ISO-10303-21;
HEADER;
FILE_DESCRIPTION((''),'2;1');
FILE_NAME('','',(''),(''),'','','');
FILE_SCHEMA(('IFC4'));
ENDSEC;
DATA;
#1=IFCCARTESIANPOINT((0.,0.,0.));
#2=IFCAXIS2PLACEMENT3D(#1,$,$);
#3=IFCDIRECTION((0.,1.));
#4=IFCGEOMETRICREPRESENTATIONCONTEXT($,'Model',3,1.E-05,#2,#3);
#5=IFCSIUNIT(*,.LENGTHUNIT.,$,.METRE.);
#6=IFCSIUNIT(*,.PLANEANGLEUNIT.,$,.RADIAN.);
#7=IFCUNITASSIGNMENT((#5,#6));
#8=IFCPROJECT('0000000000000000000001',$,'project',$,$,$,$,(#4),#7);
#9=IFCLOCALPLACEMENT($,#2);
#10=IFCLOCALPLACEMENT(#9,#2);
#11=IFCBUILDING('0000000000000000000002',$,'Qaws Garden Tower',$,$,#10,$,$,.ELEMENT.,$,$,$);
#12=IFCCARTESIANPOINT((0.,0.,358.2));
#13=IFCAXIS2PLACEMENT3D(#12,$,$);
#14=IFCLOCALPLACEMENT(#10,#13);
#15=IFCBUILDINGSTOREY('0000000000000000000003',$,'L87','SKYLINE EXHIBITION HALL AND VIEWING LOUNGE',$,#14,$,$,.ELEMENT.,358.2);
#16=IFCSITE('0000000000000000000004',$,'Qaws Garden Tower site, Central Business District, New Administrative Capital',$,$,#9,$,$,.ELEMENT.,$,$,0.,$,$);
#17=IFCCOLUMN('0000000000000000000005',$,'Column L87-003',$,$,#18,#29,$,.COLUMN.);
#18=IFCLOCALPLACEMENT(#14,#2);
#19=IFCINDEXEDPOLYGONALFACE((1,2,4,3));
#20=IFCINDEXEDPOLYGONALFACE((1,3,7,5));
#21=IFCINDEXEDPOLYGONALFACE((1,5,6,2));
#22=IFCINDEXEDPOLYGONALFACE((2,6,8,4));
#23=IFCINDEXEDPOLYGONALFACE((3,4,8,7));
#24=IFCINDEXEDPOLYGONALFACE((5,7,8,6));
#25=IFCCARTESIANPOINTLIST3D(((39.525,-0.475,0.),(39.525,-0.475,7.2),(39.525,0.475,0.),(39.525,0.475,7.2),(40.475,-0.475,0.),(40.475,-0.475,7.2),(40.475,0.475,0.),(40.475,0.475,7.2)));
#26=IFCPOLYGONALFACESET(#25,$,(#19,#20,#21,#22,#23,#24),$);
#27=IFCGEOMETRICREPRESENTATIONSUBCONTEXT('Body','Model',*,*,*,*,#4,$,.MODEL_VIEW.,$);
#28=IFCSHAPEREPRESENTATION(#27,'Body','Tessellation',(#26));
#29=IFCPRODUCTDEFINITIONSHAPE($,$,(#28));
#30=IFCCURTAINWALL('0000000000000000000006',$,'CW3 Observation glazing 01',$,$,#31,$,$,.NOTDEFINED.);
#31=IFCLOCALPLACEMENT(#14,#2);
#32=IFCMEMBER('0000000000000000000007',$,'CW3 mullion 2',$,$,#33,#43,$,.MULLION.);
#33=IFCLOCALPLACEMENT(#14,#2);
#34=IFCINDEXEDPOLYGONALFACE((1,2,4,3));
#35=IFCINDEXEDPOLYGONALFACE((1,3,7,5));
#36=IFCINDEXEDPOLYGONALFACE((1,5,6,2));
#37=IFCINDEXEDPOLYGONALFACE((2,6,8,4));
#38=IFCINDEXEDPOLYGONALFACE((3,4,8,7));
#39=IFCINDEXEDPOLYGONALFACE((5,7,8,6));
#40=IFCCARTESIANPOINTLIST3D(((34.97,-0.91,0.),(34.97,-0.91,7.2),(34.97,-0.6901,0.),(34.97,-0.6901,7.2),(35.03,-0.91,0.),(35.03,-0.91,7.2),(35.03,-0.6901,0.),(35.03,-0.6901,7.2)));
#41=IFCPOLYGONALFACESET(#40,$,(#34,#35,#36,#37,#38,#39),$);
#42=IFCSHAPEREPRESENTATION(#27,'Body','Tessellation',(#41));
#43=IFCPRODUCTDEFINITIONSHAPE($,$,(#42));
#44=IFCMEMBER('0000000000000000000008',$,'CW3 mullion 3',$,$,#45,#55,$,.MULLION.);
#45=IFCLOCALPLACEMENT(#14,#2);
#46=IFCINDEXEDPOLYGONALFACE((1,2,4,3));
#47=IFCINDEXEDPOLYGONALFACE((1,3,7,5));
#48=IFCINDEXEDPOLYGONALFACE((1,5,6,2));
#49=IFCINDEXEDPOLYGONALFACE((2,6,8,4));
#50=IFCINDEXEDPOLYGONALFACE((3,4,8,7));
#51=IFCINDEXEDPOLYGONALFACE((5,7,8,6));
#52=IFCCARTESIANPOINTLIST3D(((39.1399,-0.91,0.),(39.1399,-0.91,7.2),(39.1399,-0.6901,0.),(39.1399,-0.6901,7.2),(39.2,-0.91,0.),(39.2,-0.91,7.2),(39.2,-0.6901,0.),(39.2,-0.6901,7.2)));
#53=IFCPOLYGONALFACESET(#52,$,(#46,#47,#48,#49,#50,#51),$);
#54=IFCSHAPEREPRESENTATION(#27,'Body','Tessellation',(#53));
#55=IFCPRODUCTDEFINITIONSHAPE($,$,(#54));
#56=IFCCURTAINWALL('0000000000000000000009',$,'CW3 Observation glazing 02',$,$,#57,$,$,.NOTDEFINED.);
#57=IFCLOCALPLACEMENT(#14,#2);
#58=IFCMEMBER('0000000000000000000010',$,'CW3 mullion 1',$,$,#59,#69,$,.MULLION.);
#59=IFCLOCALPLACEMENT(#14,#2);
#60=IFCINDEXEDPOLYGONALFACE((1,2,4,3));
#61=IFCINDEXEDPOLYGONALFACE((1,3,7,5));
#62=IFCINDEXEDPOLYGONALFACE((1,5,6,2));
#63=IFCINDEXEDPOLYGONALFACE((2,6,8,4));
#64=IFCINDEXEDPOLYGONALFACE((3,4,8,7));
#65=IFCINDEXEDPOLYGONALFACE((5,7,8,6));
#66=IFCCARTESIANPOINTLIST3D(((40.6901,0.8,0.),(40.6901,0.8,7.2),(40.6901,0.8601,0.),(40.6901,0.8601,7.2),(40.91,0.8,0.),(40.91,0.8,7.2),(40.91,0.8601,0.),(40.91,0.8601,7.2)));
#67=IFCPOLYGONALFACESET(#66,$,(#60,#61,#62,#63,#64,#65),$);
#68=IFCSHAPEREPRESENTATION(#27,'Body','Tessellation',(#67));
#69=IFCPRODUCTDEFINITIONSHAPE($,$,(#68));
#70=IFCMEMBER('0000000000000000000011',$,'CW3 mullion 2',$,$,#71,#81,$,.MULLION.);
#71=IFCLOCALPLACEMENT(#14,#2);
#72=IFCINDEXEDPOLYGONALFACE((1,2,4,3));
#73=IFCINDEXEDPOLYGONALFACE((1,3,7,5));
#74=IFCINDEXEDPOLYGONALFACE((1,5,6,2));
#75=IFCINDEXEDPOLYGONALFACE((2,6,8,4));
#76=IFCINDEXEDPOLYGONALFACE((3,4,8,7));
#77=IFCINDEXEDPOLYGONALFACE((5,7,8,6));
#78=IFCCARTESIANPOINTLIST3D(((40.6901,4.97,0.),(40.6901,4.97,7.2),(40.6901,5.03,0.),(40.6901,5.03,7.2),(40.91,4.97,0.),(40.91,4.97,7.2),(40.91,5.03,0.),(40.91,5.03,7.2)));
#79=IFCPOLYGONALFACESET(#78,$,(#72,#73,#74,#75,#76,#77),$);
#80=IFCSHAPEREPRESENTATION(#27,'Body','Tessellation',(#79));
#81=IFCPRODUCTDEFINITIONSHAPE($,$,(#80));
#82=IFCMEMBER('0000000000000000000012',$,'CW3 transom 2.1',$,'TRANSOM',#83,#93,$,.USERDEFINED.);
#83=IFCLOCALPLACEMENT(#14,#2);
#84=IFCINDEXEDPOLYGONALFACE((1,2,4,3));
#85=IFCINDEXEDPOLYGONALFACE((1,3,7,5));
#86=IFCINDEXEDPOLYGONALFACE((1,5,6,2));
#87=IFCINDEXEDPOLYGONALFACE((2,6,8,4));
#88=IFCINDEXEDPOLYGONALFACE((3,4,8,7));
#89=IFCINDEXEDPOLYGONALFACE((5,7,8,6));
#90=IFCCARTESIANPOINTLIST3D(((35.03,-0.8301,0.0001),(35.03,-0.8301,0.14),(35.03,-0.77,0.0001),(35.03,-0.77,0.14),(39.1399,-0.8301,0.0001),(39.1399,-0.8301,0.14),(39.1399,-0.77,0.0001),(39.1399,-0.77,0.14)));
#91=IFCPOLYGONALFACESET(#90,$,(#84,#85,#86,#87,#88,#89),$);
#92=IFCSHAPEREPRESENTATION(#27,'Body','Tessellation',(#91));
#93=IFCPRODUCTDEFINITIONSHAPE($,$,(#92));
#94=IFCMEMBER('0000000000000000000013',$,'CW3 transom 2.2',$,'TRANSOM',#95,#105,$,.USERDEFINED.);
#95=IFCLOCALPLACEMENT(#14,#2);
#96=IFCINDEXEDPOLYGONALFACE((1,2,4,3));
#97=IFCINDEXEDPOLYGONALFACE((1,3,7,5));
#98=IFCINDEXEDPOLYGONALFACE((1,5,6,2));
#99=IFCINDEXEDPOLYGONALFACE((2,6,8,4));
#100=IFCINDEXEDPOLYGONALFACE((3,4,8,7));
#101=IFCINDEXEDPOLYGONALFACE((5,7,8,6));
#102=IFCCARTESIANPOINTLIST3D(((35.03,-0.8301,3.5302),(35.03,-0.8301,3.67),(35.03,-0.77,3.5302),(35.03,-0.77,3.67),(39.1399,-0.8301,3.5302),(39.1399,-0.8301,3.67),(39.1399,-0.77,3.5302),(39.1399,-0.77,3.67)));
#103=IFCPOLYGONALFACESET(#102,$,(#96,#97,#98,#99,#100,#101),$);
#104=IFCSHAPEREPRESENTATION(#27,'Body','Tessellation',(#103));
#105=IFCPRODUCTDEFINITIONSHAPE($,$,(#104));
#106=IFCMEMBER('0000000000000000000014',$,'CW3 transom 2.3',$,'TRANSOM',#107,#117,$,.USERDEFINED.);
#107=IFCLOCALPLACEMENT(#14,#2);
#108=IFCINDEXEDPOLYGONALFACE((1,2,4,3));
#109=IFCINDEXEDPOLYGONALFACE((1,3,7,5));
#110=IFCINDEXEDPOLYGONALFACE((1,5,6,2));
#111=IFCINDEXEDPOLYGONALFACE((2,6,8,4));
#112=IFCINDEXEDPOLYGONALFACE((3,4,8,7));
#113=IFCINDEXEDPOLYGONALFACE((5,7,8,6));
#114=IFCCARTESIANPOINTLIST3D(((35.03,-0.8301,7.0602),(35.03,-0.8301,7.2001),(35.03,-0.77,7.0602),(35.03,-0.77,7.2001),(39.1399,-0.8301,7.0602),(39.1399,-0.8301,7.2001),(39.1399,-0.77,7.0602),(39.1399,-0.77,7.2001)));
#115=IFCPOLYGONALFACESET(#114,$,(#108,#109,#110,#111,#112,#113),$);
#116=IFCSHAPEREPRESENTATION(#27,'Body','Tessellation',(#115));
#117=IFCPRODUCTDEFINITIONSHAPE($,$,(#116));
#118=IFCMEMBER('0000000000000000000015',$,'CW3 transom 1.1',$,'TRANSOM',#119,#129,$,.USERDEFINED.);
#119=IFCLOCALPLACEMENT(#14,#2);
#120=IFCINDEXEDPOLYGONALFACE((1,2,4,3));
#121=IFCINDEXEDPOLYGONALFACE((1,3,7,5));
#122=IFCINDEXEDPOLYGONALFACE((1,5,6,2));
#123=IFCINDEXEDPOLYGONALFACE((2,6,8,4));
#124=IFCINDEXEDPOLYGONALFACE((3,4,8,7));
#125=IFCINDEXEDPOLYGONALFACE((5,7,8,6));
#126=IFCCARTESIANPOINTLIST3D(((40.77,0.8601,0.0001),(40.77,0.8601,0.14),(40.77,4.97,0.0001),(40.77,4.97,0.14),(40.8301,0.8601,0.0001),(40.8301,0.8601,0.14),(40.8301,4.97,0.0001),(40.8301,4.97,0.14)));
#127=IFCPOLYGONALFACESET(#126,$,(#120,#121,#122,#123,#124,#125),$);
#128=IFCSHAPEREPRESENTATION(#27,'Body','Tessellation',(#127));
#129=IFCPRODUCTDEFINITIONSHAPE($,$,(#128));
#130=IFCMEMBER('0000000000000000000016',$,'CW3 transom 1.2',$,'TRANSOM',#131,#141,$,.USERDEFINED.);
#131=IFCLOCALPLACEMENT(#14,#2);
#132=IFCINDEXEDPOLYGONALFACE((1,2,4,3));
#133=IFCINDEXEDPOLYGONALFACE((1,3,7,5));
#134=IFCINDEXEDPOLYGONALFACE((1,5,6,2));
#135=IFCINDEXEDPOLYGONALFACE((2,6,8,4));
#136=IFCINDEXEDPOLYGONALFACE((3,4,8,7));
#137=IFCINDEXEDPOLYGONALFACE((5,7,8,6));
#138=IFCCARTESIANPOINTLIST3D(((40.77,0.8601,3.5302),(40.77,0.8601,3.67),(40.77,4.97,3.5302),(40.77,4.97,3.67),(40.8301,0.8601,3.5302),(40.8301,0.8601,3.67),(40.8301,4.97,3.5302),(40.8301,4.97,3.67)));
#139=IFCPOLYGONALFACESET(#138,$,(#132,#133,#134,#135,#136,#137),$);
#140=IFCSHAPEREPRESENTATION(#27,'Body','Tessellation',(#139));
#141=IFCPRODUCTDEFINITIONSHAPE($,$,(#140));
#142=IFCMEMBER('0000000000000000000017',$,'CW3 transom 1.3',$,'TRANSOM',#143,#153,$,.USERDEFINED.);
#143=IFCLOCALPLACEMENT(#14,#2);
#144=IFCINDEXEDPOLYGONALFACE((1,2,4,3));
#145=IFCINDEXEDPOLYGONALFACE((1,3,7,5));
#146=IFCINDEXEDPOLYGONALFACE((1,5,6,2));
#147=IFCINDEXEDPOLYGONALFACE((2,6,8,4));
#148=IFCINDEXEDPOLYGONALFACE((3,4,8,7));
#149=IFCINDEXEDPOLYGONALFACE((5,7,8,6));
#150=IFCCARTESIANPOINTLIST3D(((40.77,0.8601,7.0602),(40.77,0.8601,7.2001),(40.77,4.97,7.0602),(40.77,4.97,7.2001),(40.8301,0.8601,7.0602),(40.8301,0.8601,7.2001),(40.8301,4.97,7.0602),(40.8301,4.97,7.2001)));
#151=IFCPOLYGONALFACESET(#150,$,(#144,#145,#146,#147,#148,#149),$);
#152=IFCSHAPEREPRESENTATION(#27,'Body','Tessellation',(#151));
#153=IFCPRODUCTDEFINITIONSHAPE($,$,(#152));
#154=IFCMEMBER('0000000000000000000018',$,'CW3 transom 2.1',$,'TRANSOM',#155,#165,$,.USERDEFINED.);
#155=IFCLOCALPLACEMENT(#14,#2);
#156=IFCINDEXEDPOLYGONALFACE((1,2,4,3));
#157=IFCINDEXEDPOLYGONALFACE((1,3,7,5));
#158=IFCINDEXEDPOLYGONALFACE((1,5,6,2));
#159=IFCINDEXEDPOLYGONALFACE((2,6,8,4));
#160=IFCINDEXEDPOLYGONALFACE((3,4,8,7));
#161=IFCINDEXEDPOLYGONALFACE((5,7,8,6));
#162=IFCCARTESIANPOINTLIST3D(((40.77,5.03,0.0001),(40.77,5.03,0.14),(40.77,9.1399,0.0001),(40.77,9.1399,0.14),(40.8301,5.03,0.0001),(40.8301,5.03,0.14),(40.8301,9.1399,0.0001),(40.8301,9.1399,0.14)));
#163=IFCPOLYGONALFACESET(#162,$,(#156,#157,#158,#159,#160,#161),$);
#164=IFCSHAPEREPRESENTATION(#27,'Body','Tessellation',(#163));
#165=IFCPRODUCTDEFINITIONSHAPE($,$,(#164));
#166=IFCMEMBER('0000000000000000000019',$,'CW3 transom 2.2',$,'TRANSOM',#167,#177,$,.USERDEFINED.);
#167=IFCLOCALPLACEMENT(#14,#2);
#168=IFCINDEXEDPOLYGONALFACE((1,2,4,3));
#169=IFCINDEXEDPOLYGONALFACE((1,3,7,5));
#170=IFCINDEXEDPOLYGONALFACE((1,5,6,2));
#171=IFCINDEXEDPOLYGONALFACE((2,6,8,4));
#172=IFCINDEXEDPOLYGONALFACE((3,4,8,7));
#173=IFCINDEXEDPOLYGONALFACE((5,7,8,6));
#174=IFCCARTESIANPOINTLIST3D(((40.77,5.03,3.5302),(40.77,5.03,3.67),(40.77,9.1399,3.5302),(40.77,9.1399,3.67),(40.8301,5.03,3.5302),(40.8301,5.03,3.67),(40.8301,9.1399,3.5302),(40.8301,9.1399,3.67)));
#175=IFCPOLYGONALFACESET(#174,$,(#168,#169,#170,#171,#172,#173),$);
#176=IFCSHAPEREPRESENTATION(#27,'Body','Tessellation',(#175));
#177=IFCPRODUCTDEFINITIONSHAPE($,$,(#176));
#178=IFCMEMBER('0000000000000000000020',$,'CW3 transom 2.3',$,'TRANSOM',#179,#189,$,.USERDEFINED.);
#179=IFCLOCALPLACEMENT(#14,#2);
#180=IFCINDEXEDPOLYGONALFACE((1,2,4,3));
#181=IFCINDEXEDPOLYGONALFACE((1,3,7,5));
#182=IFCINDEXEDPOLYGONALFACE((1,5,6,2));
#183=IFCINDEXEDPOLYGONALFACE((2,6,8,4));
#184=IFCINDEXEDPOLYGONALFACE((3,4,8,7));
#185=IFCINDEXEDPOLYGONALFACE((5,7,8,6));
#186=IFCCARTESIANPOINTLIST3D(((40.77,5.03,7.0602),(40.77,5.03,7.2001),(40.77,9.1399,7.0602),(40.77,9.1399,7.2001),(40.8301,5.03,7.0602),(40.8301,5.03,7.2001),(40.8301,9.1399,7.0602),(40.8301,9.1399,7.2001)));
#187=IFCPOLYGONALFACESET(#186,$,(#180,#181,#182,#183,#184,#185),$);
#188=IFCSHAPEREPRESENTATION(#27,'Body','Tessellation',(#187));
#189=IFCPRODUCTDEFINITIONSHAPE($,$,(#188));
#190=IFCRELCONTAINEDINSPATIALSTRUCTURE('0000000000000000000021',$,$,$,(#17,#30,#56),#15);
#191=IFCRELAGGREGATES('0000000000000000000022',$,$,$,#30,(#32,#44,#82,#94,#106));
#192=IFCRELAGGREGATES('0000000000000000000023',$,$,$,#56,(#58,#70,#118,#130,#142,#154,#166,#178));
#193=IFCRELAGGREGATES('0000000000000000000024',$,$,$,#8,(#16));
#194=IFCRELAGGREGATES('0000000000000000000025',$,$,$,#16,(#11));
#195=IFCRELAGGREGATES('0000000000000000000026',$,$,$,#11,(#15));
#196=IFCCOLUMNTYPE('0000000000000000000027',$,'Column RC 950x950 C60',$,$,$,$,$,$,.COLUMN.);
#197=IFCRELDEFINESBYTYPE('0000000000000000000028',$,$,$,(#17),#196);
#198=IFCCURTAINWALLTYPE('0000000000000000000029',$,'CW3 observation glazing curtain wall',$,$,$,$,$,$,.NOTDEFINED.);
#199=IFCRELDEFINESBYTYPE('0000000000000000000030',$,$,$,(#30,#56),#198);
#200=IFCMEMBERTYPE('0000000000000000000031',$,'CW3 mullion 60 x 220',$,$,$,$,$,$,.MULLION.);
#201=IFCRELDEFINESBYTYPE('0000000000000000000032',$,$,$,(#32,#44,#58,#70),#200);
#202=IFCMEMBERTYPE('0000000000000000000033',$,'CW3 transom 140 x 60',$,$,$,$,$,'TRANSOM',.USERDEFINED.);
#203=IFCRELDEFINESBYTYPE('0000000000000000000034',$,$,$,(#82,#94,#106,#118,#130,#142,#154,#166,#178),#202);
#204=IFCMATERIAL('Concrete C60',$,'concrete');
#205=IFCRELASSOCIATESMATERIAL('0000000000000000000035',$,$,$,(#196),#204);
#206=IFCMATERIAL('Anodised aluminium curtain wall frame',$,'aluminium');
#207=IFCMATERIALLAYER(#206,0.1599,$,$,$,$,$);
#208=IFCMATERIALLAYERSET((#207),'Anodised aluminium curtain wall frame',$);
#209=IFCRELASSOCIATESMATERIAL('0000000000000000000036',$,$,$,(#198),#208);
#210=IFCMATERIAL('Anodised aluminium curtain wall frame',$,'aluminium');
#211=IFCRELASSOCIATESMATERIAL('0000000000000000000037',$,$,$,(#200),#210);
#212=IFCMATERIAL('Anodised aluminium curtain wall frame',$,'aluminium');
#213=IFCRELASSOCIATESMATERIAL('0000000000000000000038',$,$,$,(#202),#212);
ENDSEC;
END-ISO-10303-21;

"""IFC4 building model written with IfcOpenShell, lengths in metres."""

from ifc_helpers import new_model, si_unit, direction, frame, origin, origin_2d, place, context, subcontext, project, spatial, rectangle, extrude, material, layer, layer_set, material_profile, profile_set, type_object, element, aggregate, save


model = new_model("IFC4")

# Units and contexts
model_context = context("Model", 3, precision=1e-05, world=origin(), true_north=direction((0.0, 1.0)))
body_context = subcontext(model_context, "Body", "Model", "MODEL_VIEW")
ifc_project = project(units=[si_unit("LENGTHUNIT", "METRE"), si_unit("PLANEANGLEUNIT", "RADIAN")], contexts=[model_context])

# Site, building, storey
site_placement = place(None, origin())
site = spatial("IfcSite", under=ifc_project, at=site_placement, Name="Qaws Garden Tower site, Central Business District, New Administrative Capital", CompositionType="ELEMENT", RefElevation=0.0)
building_placement = place(site_placement, origin())
building = spatial("IfcBuilding", under=site, at=building_placement, Name="Qaws Garden Tower", CompositionType="ELEMENT")
storey_placement = place(building_placement, frame((0.0, 0.0, 358.2)))
storey = spatial("IfcBuildingStorey", under=building, at=storey_placement, Name="L87", Description="SKYLINE EXHIBITION HALL AND VIEWING LOUNGE", CompositionType="ELEMENT", Elevation=358.2)

# Column
ifc_material_1 = material(Name="Concrete C60", Category="concrete")
ifc_material_profile_1 = material_profile(ifc_material_1, rectangle(XDim=0.95, YDim=0.95, at=origin_2d()), Name="RC 950x950")
ifc_profile_set_1 = profile_set([ifc_material_profile_1], Name="Concrete C60")
column_type = type_object("IfcColumnType", Name="Column RC 950x950 C60", PredefinedType="COLUMN", material=ifc_profile_set_1)
column_placement = place(storey_placement, frame((40.0, 0.0, 0.0), z_axis=(0.0, 0.0, 1.0), x_axis=(1.0, 0.0, 0.0)))
element("IfcColumn", 1, at=column_placement, inside=storey, type_object=column_type, Name="Column L87-003", PredefinedType="COLUMN", context=body_context, shape_type="SweptSolid", body=[
    extrude(rectangle(XDim=0.95, YDim=0.95, at=origin_2d()), origin(), (0.0, 0.0, 1.0), 7.2),
])

# Curtain walls, members
ifc_material_2 = material(Name="Anodised aluminium curtain wall frame", Category="aluminium")
ifc_layer_1 = layer(ifc_material_2, 0.1599)
ifc_layer_set_1 = layer_set([ifc_layer_1], Name="Anodised aluminium curtain wall frame")
curtain_wall_type = type_object("IfcCurtainWallType", Name="CW3 observation glazing curtain wall", PredefinedType="NOTDEFINED", material=ifc_layer_set_1)
placement = place(storey_placement, origin())
curtain_wall_1 = element("IfcCurtainWall", 2, at=placement, inside=storey, type_object=curtain_wall_type, Name="CW3 Observation glazing 01", PredefinedType="NOTDEFINED")
ifc_material_3 = material(Name="Anodised aluminium curtain wall frame", Category="aluminium")
ifc_material_profile_2 = material_profile(ifc_material_3, rectangle(XDim=0.22, YDim=0.0601, at=origin_2d()), Name="AL 60x220")
ifc_profile_set_2 = profile_set([ifc_material_profile_2], Name="Anodised aluminium curtain wall frame")
member_type_1 = type_object("IfcMemberType", Name="CW3 mullion 60 x 220", PredefinedType="MULLION", material=ifc_profile_set_2)
member_1_placement = place(storey_placement, frame((35.0, -0.8, 0.0), z_axis=(0.0, 0.0, 1.0), x_axis=(0.0, 1.0, 0.0)))
member_1 = element("IfcMember", 3, at=member_1_placement, type_object=member_type_1, Name="CW3 mullion 2", PredefinedType="MULLION", context=body_context, shape_type="SweptSolid", body=[
    extrude(rectangle(XDim=0.22, YDim=0.0601, at=origin_2d()), origin(), (0.0, 0.0, 1.0), 7.2),
])
member_2_placement = place(storey_placement, frame((39.1699, -0.8, 0.0), z_axis=(0.0, 0.0, 1.0), x_axis=(0.0, 1.0, 0.0)))
member_2 = element("IfcMember", 4, at=member_2_placement, type_object=member_type_1, Name="CW3 mullion 3", PredefinedType="MULLION", context=body_context, shape_type="SweptSolid", body=[
    extrude(rectangle(XDim=0.22, YDim=0.0601, at=origin_2d()), origin(), (0.0, 0.0, 1.0), 7.2),
])
curtain_wall_2 = element("IfcCurtainWall", 5, at=placement, inside=storey, type_object=curtain_wall_type, Name="CW3 Observation glazing 02", PredefinedType="NOTDEFINED")
member_3_placement = place(storey_placement, frame((40.8, 0.8301, 0.0), z_axis=(0.0, 0.0, 1.0), x_axis=(-1.0, 0.0, 0.0)))
member_3 = element("IfcMember", 6, at=member_3_placement, type_object=member_type_1, Name="CW3 mullion 1", PredefinedType="MULLION", context=body_context, shape_type="SweptSolid", body=[
    extrude(rectangle(XDim=0.22, YDim=0.0601, at=origin_2d()), origin(), (0.0, 0.0, 1.0), 7.2),
])
member_4_placement = place(storey_placement, frame((40.8, 5.0, 0.0), z_axis=(0.0, 0.0, 1.0), x_axis=(-1.0, 0.0, 0.0)))
member_4 = element("IfcMember", 7, at=member_4_placement, type_object=member_type_1, Name="CW3 mullion 2", PredefinedType="MULLION", context=body_context, shape_type="SweptSolid", body=[
    extrude(rectangle(XDim=0.22, YDim=0.0601, at=origin_2d()), origin(), (0.0, 0.0, 1.0), 7.2),
])

# Members
ifc_material_4 = material(Name="Anodised aluminium curtain wall frame", Category="aluminium")
ifc_material_profile_3 = material_profile(ifc_material_4, rectangle(XDim=0.0601, YDim=0.1399, at=origin_2d()), Name="AL 60x140")
ifc_profile_set_3 = profile_set([ifc_material_profile_3], Name="Anodised aluminium curtain wall frame")
member_type_2 = type_object("IfcMemberType", Name="CW3 transom 140 x 60", ElementType="TRANSOM", PredefinedType="USERDEFINED", material=ifc_profile_set_3)
member_5_placement = place(storey_placement, frame((35.03, -0.8, 0.0701), z_axis=(1.0, 0.0, 0.0), x_axis=(0.0, 1.0, 0.0)))
member_5 = element("IfcMember", 8, at=member_5_placement, type_object=member_type_2, Name="CW3 transom 2.1", ObjectType="TRANSOM", PredefinedType="USERDEFINED", context=body_context, shape_type="SweptSolid", body=[
    extrude(rectangle(XDim=0.0601, YDim=0.1399, at=origin_2d()), origin(), (0.0, 0.0, 1.0), 4.1099),
])
member_6_placement = place(storey_placement, frame((35.03, -0.8, 3.6001), z_axis=(1.0, 0.0, 0.0), x_axis=(0.0, 1.0, 0.0)))
member_6 = element("IfcMember", 9, at=member_6_placement, type_object=member_type_2, Name="CW3 transom 2.2", ObjectType="TRANSOM", PredefinedType="USERDEFINED", context=body_context, shape_type="SweptSolid", body=[
    extrude(rectangle(XDim=0.0601, YDim=0.1399, at=origin_2d()), origin(), (0.0, 0.0, 1.0), 4.1099),
])
member_7_placement = place(storey_placement, frame((35.03, -0.8, 7.1301), z_axis=(1.0, 0.0, 0.0), x_axis=(0.0, 1.0, 0.0)))
member_7 = element("IfcMember", 10, at=member_7_placement, type_object=member_type_2, Name="CW3 transom 2.3", ObjectType="TRANSOM", PredefinedType="USERDEFINED", context=body_context, shape_type="SweptSolid", body=[
    extrude(rectangle(XDim=0.0601, YDim=0.1399, at=origin_2d()), origin(), (0.0, 0.0, 1.0), 4.1099),
])
member_8_placement = place(storey_placement, frame((40.8, 0.8601, 0.0701), z_axis=(0.0, 1.0, 0.0), x_axis=(-1.0, 0.0, 0.0)))
member_8 = element("IfcMember", 11, at=member_8_placement, type_object=member_type_2, Name="CW3 transom 1.1", ObjectType="TRANSOM", PredefinedType="USERDEFINED", context=body_context, shape_type="SweptSolid", body=[
    extrude(rectangle(XDim=0.0601, YDim=0.1399, at=origin_2d()), origin(), (0.0, 0.0, 1.0), 4.1099),
])
member_9_placement = place(storey_placement, frame((40.8, 0.8601, 3.6001), z_axis=(0.0, 1.0, 0.0), x_axis=(-1.0, 0.0, 0.0)))
member_9 = element("IfcMember", 12, at=member_9_placement, type_object=member_type_2, Name="CW3 transom 1.2", ObjectType="TRANSOM", PredefinedType="USERDEFINED", context=body_context, shape_type="SweptSolid", body=[
    extrude(rectangle(XDim=0.0601, YDim=0.1399, at=origin_2d()), origin(), (0.0, 0.0, 1.0), 4.1099),
])
member_10_placement = place(storey_placement, frame((40.8, 0.8601, 7.1301), z_axis=(0.0, 1.0, 0.0), x_axis=(-1.0, 0.0, 0.0)))
member_10 = element("IfcMember", 13, at=member_10_placement, type_object=member_type_2, Name="CW3 transom 1.3", ObjectType="TRANSOM", PredefinedType="USERDEFINED", context=body_context, shape_type="SweptSolid", body=[
    extrude(rectangle(XDim=0.0601, YDim=0.1399, at=origin_2d()), origin(), (0.0, 0.0, 1.0), 4.1099),
])
member_11_placement = place(storey_placement, frame((40.8, 5.03, 0.0701), z_axis=(0.0, 1.0, 0.0), x_axis=(-1.0, 0.0, 0.0)))
member_11 = element("IfcMember", 14, at=member_11_placement, type_object=member_type_2, Name="CW3 transom 2.1", ObjectType="TRANSOM", PredefinedType="USERDEFINED", context=body_context, shape_type="SweptSolid", body=[
    extrude(rectangle(XDim=0.0601, YDim=0.1399, at=origin_2d()), origin(), (0.0, 0.0, 1.0), 4.1099),
])
member_12_placement = place(storey_placement, frame((40.8, 5.03, 3.6001), z_axis=(0.0, 1.0, 0.0), x_axis=(-1.0, 0.0, 0.0)))
member_12 = element("IfcMember", 15, at=member_12_placement, type_object=member_type_2, Name="CW3 transom 2.2", ObjectType="TRANSOM", PredefinedType="USERDEFINED", context=body_context, shape_type="SweptSolid", body=[
    extrude(rectangle(XDim=0.0601, YDim=0.1399, at=origin_2d()), origin(), (0.0, 0.0, 1.0), 4.1099),
])
member_13_placement = place(storey_placement, frame((40.8, 5.03, 7.1301), z_axis=(0.0, 1.0, 0.0), x_axis=(-1.0, 0.0, 0.0)))
member_13 = element("IfcMember", 16, at=member_13_placement, type_object=member_type_2, Name="CW3 transom 2.3", ObjectType="TRANSOM", PredefinedType="USERDEFINED", context=body_context, shape_type="SweptSolid", body=[
    extrude(rectangle(XDim=0.0601, YDim=0.1399, at=origin_2d()), origin(), (0.0, 0.0, 1.0), 4.1099),
])

aggregate(curtain_wall_1, [member_1, member_2, member_5, member_6, member_7])
aggregate(curtain_wall_2, [member_3, member_4, member_8, member_9, member_10, member_11, member_12, member_13])

save(model, "model.ifc")
